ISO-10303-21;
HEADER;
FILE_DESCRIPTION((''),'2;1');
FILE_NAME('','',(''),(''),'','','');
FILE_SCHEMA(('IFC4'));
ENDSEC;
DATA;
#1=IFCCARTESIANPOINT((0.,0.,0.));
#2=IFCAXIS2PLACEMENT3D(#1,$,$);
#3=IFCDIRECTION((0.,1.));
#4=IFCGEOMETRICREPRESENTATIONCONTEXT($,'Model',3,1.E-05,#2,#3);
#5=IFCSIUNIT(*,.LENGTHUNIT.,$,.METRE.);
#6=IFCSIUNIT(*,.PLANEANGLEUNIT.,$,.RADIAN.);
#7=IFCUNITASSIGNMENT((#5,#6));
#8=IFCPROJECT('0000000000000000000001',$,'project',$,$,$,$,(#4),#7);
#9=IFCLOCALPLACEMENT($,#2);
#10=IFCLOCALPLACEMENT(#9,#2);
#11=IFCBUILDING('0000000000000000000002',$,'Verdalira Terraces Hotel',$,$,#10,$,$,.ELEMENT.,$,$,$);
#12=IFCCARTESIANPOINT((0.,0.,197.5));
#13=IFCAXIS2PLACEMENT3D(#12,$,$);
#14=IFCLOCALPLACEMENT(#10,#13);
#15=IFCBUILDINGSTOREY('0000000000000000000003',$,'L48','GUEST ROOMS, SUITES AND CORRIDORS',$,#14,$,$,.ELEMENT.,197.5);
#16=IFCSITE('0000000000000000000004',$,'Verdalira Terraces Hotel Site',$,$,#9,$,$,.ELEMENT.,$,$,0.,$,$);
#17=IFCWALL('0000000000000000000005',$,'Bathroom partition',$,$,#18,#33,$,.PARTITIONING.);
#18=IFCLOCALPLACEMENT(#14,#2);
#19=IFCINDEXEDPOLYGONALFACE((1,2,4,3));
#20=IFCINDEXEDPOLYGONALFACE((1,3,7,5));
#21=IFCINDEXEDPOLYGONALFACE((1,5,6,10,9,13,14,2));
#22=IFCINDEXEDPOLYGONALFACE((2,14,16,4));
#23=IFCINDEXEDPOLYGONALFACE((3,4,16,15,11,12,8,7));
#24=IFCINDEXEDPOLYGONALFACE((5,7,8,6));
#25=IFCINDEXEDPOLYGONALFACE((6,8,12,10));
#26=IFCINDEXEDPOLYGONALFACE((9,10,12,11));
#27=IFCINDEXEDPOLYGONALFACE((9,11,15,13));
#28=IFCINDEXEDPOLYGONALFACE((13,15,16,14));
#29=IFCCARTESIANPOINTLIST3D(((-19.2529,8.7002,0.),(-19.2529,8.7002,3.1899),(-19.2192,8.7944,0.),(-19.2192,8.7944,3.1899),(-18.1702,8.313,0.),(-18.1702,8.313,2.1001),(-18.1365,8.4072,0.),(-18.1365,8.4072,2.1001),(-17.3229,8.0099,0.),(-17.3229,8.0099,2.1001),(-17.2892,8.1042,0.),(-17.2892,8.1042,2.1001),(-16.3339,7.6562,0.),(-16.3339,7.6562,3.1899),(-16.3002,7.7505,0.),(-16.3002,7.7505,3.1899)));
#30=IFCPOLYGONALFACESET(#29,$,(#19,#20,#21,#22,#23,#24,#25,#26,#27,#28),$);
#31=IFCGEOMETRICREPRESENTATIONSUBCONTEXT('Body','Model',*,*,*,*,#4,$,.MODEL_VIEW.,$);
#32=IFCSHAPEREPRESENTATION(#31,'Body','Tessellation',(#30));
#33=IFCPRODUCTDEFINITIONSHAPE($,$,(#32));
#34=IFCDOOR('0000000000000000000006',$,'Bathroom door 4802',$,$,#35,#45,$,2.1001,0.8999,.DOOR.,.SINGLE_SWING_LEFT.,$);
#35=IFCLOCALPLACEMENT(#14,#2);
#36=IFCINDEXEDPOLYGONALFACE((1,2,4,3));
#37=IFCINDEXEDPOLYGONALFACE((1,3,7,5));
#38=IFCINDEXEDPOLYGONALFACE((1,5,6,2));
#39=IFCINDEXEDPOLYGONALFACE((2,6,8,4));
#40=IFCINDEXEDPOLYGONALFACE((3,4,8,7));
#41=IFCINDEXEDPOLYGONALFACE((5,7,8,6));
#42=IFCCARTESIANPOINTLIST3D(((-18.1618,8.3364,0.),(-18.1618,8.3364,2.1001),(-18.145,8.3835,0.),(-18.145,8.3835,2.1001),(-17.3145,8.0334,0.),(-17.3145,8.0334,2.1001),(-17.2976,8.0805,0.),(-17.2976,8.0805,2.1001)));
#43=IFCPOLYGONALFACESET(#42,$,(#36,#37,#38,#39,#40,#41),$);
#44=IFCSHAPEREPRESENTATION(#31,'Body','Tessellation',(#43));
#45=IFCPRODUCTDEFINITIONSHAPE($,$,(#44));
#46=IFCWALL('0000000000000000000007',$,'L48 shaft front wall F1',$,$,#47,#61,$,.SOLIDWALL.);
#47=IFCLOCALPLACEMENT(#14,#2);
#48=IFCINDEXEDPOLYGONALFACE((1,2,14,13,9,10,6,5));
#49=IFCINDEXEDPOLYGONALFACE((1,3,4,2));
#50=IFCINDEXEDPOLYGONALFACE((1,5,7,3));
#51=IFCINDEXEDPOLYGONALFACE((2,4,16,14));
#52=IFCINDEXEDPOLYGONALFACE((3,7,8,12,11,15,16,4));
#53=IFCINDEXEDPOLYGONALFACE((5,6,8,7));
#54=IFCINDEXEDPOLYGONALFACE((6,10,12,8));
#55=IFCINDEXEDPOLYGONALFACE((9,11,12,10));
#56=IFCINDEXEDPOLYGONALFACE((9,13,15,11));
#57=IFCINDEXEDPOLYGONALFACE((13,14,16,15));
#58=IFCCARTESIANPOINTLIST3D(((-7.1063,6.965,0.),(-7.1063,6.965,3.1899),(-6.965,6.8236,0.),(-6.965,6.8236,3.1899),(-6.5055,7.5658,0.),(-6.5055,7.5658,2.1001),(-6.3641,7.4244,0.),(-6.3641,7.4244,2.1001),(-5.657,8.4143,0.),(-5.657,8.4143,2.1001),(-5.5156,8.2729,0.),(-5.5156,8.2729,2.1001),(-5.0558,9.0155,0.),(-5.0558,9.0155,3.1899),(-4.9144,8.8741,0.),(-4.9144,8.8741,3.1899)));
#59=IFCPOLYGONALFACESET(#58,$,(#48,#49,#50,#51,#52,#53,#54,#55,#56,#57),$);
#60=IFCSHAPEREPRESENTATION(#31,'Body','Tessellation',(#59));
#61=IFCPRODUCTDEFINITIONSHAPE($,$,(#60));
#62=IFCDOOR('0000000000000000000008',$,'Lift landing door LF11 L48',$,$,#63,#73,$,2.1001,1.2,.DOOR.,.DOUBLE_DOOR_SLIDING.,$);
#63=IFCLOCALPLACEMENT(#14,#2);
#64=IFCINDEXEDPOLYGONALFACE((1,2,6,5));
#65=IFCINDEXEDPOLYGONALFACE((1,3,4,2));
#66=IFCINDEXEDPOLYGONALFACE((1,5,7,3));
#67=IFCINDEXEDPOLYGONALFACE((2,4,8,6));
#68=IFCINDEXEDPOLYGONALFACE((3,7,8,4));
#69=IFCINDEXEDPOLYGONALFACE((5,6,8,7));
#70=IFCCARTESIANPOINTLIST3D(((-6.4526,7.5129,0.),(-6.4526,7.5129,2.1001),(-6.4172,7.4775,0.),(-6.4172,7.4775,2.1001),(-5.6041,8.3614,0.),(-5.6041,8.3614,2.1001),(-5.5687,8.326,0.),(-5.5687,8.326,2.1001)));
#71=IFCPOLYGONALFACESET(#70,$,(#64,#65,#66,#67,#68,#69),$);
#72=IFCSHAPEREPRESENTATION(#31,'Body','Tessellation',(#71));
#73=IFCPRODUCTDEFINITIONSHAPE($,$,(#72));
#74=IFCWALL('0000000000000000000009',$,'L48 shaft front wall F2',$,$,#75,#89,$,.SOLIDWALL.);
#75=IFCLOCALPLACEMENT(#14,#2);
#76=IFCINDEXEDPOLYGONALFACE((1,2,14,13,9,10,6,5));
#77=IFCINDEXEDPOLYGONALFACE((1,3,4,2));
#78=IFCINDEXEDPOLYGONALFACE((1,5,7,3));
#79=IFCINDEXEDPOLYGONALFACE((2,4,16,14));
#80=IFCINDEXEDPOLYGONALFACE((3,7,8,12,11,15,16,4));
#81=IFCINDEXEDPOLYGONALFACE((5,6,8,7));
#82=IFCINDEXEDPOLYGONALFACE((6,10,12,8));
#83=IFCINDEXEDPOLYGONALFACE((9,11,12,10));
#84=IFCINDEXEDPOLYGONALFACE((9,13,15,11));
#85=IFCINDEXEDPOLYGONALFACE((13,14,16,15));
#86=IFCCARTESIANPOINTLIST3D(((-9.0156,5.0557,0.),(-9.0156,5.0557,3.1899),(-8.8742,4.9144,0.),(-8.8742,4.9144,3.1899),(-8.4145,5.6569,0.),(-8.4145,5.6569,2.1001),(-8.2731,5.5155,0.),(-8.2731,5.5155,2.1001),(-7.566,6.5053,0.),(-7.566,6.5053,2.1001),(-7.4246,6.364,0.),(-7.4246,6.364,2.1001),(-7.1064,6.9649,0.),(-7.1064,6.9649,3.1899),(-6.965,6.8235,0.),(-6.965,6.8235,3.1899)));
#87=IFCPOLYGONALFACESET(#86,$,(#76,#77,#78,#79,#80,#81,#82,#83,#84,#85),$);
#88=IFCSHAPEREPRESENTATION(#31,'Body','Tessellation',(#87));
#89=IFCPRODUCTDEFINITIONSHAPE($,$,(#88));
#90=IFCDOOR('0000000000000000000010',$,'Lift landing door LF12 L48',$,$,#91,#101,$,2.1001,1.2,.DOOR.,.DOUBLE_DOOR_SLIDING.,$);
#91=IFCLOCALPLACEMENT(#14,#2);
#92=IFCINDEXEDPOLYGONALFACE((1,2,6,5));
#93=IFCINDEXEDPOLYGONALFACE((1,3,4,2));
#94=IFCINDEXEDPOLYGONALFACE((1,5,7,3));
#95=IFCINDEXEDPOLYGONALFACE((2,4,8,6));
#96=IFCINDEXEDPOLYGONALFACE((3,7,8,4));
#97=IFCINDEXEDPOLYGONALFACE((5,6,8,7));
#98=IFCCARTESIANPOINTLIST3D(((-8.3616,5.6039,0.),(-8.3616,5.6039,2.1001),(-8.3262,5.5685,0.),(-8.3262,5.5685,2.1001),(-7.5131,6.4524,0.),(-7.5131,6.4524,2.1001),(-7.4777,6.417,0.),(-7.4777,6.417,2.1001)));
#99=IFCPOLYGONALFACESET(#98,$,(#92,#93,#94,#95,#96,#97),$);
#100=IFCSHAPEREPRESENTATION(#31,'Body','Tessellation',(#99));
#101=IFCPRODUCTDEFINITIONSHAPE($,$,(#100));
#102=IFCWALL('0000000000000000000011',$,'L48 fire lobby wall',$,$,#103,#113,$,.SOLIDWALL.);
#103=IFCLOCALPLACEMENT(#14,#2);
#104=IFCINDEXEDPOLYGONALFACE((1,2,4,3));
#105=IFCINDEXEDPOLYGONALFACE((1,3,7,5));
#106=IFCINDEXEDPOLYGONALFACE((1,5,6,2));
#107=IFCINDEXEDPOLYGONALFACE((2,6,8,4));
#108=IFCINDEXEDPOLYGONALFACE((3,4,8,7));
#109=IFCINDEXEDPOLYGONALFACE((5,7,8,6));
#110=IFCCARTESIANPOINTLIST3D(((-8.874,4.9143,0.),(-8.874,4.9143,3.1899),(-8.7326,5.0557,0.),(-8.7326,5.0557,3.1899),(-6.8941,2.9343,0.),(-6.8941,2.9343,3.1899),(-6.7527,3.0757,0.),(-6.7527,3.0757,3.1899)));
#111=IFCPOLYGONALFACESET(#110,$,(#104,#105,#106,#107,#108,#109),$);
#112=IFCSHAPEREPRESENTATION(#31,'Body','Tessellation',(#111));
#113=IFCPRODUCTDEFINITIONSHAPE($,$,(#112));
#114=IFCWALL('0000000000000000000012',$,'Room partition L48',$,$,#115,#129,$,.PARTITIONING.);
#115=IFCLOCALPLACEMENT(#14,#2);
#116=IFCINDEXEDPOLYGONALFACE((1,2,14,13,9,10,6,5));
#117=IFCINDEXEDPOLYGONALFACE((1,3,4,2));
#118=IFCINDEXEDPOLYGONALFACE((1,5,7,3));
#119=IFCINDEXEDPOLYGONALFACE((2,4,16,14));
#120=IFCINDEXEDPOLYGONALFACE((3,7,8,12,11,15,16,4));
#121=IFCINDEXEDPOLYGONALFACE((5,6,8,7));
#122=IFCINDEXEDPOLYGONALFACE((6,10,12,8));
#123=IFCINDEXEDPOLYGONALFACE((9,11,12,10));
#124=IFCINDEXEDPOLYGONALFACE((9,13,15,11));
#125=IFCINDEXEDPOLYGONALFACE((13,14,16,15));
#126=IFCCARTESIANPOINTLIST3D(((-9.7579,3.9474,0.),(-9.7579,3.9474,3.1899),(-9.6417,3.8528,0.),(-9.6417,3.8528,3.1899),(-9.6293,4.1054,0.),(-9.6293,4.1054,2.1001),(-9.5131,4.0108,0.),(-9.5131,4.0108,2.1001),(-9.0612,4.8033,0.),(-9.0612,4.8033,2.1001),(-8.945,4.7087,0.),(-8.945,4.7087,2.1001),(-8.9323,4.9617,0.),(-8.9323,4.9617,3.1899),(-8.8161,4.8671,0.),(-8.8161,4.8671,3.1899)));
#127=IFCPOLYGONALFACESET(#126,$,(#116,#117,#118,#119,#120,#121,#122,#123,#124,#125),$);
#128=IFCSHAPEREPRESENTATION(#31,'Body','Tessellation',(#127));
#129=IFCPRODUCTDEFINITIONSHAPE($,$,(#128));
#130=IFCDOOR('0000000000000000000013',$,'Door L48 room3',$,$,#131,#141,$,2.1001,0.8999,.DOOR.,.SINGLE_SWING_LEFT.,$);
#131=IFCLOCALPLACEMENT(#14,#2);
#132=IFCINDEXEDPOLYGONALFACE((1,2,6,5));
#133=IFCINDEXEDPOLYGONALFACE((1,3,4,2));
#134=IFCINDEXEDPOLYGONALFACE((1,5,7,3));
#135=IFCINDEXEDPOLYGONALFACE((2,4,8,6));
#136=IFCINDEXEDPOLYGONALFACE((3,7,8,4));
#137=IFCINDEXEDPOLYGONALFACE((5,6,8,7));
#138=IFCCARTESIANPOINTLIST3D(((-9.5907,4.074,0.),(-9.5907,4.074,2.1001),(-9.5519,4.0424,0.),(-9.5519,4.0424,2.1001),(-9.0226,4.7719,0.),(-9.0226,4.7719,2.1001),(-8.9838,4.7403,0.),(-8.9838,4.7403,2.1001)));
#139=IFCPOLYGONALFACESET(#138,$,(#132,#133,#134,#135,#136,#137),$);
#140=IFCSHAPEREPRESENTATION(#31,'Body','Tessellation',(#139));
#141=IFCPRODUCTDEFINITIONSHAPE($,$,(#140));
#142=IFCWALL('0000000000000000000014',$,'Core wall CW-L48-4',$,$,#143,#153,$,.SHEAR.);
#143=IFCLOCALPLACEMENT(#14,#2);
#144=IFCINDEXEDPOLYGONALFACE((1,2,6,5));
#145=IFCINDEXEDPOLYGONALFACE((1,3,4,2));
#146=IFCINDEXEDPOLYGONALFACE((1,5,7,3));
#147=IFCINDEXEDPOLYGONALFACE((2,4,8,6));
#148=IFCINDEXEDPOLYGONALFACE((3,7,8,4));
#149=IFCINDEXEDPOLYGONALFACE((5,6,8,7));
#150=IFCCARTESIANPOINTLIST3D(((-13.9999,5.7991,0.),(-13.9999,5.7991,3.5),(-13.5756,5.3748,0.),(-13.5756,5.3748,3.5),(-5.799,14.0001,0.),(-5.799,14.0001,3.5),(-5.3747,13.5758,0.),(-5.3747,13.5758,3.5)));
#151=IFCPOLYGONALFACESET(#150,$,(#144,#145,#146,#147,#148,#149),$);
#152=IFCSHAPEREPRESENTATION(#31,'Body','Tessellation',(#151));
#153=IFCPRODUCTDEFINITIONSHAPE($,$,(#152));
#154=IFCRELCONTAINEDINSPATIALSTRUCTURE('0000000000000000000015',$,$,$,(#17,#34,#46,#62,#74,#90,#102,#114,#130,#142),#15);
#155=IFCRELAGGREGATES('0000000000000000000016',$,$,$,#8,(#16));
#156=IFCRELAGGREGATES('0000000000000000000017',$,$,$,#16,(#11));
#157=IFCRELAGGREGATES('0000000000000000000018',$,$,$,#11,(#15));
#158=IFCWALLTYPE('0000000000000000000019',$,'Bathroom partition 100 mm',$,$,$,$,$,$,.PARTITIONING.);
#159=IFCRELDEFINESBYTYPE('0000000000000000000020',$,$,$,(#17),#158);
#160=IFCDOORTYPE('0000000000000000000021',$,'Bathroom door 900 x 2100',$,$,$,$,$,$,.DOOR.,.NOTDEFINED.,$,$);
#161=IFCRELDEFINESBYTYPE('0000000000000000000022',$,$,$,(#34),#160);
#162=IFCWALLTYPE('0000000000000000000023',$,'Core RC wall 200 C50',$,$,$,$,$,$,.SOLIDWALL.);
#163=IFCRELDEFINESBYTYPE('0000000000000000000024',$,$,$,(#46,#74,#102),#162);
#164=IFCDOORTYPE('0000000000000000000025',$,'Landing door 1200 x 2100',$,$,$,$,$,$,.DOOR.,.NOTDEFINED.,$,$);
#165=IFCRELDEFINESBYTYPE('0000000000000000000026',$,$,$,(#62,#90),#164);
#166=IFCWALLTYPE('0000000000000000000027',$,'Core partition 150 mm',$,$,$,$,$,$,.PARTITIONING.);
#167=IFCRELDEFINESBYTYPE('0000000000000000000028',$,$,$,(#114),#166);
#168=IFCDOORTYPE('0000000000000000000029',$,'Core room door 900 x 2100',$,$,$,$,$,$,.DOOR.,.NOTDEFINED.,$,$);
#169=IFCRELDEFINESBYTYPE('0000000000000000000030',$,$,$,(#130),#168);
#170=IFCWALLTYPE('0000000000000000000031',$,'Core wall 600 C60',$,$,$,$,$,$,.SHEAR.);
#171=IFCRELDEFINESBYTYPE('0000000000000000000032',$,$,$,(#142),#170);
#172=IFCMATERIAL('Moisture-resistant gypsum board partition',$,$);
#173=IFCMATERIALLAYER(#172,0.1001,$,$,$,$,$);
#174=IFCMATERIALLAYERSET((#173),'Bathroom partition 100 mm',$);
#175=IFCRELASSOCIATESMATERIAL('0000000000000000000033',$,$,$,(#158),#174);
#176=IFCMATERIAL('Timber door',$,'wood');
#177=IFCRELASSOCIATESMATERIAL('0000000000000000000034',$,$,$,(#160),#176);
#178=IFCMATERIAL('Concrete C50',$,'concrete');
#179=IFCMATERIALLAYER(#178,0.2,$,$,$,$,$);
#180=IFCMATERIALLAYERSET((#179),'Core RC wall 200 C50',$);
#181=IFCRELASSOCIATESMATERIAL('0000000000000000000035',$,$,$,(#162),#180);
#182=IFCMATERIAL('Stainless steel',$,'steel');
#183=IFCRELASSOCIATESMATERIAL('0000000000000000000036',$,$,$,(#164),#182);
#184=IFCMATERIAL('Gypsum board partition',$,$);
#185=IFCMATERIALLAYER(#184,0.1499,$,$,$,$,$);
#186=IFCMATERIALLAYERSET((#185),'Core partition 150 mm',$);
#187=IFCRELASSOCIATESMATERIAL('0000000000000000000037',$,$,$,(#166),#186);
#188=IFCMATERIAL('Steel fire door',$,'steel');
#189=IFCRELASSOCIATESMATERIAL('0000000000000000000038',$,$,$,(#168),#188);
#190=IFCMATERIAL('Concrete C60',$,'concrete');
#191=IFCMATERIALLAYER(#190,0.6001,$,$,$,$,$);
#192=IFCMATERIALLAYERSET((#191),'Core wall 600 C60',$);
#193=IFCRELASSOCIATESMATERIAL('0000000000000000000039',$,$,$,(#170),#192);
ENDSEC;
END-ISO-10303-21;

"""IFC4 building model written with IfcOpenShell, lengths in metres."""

from ifc_helpers import new_model, si_unit, direction, frame, frame_2d, origin, place, context, subcontext, project, spatial, rectangle, extrude, material, layer, layer_set, type_object, element, fill, save


model = new_model("IFC4")

# Units and contexts
model_context = context("Model", 3, precision=1e-05, world=origin(), true_north=direction((0.0, 1.0)))
body_context = subcontext(model_context, "Body", "Model", "MODEL_VIEW")
ifc_project = project(units=[si_unit("LENGTHUNIT", "METRE"), si_unit("PLANEANGLEUNIT", "RADIAN")], contexts=[model_context])

# Site, building, storey
site_placement = place(None, origin())
site = spatial("IfcSite", under=ifc_project, at=site_placement, Name="Verdalira Terraces Hotel Site", CompositionType="ELEMENT", RefElevation=0.0)
building_placement = place(site_placement, origin())
building = spatial("IfcBuilding", under=site, at=building_placement, Name="Verdalira Terraces Hotel", CompositionType="ELEMENT")
storey_placement = place(building_placement, frame((0.0, 0.0, 197.5)))
storey = spatial("IfcBuildingStorey", under=building, at=storey_placement, Name="L48", Description="GUEST ROOMS, SUITES AND CORRIDORS", CompositionType="ELEMENT", Elevation=197.5)

# Shared definitions
ifc_material_1 = material(Name="Moisture-resistant gypsum board partition")
ifc_layer_1 = layer(ifc_material_1, 0.1001)
ifc_layer_set_1 = layer_set([ifc_layer_1], Name="Bathroom partition 100 mm")
wall_type_1 = type_object("IfcWallType", Name="Bathroom partition 100 mm", PredefinedType="PARTITIONING", material=ifc_layer_set_1)

# Walls, openings, doors
wall_1_placement = place(storey_placement, frame((-19.2361, 8.7473, 0.0), z_axis=(0.0, 0.0, 1.0), x_axis=(0.941592, -0.336755, 0.0)))
wall_1 = element("IfcWall", 1, at=wall_1_placement, inside=storey, type_object=wall_type_1, Name="Bathroom partition", PredefinedType="PARTITIONING", context=body_context, shape_type="SweptSolid", body=[
    extrude(rectangle(XDim=3.1001, YDim=0.1001, at=frame_2d((1.55, 0.0))), origin(), (0.0, 0.0, 1.0), 3.1899),
])
opening_1_placement = place(wall_1_placement, frame((1.1499, 0.0, 0.0)))
opening_1 = element("IfcOpeningElement", 2, at=opening_1_placement, cuts=wall_1, PredefinedType="OPENING", context=body_context, shape_type="SweptSolid", body=[
    extrude(rectangle(XDim=0.8999, YDim=2.1001, at=frame_2d((0.45, 1.05))), frame((0.0, 0.0601, 0.0), z_axis=(0.0, -1.0, 0.0), x_axis=(1.0, 0.0, 0.0)), (0.0, 0.0, 1.0), 0.1201),
])
ifc_material_2 = material(Name="Timber door", Category="wood")
door_type_1 = type_object("IfcDoorType", Name="Bathroom door 900 x 2100", OperationType="NOTDEFINED", PredefinedType="DOOR", material=ifc_material_2)
door_1_placement = place(opening_1_placement, origin())
door_1 = element("IfcDoor", 3, at=door_1_placement, inside=storey, type_object=door_type_1, Name="Bathroom door 4802", OperationType="SINGLE_SWING_LEFT", OverallHeight=2.1001, OverallWidth=0.8999, PredefinedType="DOOR", context=body_context, shape_type="SweptSolid", body=[
    extrude(rectangle(XDim=0.8999, YDim=2.1001, at=frame_2d((0.45, 1.05))), frame((0.0, 0.0249, 0.0), z_axis=(0.0, -1.0, 0.0), x_axis=(1.0, 0.0, 0.0)), (0.0, 0.0, 1.0), 0.05),
])
fill(opening_1, door_1)
ifc_material_3 = material(Name="Concrete C50", Category="concrete")
ifc_layer_2 = layer(ifc_material_3, 0.2)
ifc_layer_set_2 = layer_set([ifc_layer_2], Name="Core RC wall 200 C50")
wall_type_2 = type_object("IfcWallType", Name="Core RC wall 200 C50", PredefinedType="SOLIDWALL", material=ifc_layer_set_2)
wall_2_placement = place(storey_placement, frame((-4.9851, 8.9448, 0.0), z_axis=(0.0, 0.0, 1.0), x_axis=(-0.707107, -0.707107, 0.0)))
wall_2 = element("IfcWall", 4, at=wall_2_placement, inside=storey, type_object=wall_type_2, Name="L48 shaft front wall F1", PredefinedType="SOLIDWALL", context=body_context, shape_type="SweptSolid", body=[
    extrude(rectangle(XDim=2.8999, YDim=0.2, at=frame_2d((1.45, 0.0))), origin(), (0.0, 0.0, 1.0), 3.1899),
])
opening_2_placement = place(wall_2_placement, frame((0.8501, 0.0, 0.0)))
opening_2 = element("IfcOpeningElement", 5, at=opening_2_placement, cuts=wall_2, PredefinedType="OPENING", context=body_context, shape_type="SweptSolid", body=[
    extrude(rectangle(XDim=1.2, YDim=2.1001, at=frame_2d((0.6001, 1.05))), frame((0.0, 0.1099, 0.0), z_axis=(0.0, -1.0, 0.0), x_axis=(1.0, 0.0, 0.0)), (0.0, 0.0, 1.0), 0.22),
])
ifc_material_4 = material(Name="Stainless steel", Category="steel")
door_type_2 = type_object("IfcDoorType", Name="Landing door 1200 x 2100", OperationType="NOTDEFINED", PredefinedType="DOOR", material=ifc_material_4)
door_2_placement = place(opening_2_placement, origin())
door_2 = element("IfcDoor", 6, at=door_2_placement, inside=storey, type_object=door_type_2, Name="Lift landing door LF11 L48", OperationType="DOUBLE_DOOR_SLIDING", OverallHeight=2.1001, OverallWidth=1.2, PredefinedType="DOOR", context=body_context, shape_type="SweptSolid", body=[
    extrude(rectangle(XDim=1.2, YDim=2.1001, at=frame_2d((0.6001, 1.05))), frame((0.0, 0.0249, 0.0), z_axis=(0.0, -1.0, 0.0), x_axis=(1.0, 0.0, 0.0)), (0.0, 0.0, 1.0), 0.05),
])
fill(opening_2, door_2)
wall_3_placement = place(storey_placement, frame((-7.0356, 6.8943, 0.0), z_axis=(0.0, 0.0, 1.0), x_axis=(-0.707107, -0.707107, 0.0)))
wall_3 = element("IfcWall", 7, at=wall_3_placement, inside=storey, type_object=wall_type_2, Name="L48 shaft front wall F2", PredefinedType="SOLIDWALL", context=body_context, shape_type="SweptSolid", body=[
    extrude(rectangle(XDim=2.7, YDim=0.2, at=frame_2d((1.3501, 0.0))), origin(), (0.0, 0.0, 1.0), 3.1899),
])
opening_3_placement = place(wall_3_placement, frame((0.6499, 0.0, 0.0)))
opening_3 = element("IfcOpeningElement", 8, at=opening_3_placement, cuts=wall_3, PredefinedType="OPENING", context=body_context, shape_type="SweptSolid", body=[
    extrude(rectangle(XDim=1.2, YDim=2.1001, at=frame_2d((0.6001, 1.05))), frame((0.0, 0.1099, 0.0), z_axis=(0.0, -1.0, 0.0), x_axis=(1.0, 0.0, 0.0)), (0.0, 0.0, 1.0), 0.22),
])
door_3_placement = place(opening_3_placement, origin())
door_3 = element("IfcDoor", 9, at=door_3_placement, inside=storey, type_object=door_type_2, Name="Lift landing door LF12 L48", OperationType="DOUBLE_DOOR_SLIDING", OverallHeight=2.1001, OverallWidth=1.2, PredefinedType="DOOR", context=body_context, shape_type="SweptSolid", body=[
    extrude(rectangle(XDim=1.2, YDim=2.1001, at=frame_2d((0.6001, 1.05))), frame((0.0, 0.0249, 0.0), z_axis=(0.0, -1.0, 0.0), x_axis=(1.0, 0.0, 0.0)), (0.0, 0.0, 1.0), 0.05),
])
fill(opening_3, door_3)

# Wall
wall_4_placement = place(storey_placement, frame((-6.8235, 3.0051, 0.0), z_axis=(0.0, 0.0, 1.0), x_axis=(-0.707107, 0.707107, 0.0)))
element("IfcWall", 10, at=wall_4_placement, inside=storey, type_object=wall_type_2, Name="L48 fire lobby wall", PredefinedType="SOLIDWALL", context=body_context, shape_type="SweptSolid", body=[
    extrude(rectangle(XDim=2.8, YDim=0.2, at=frame_2d((1.3999, 0.0))), origin(), (0.0, 0.0, 1.0), 3.1899),
])

# Wall, opening, door
ifc_material_5 = material(Name="Gypsum board partition")
ifc_layer_3 = layer(ifc_material_5, 0.1499)
ifc_layer_set_3 = layer_set([ifc_layer_3], Name="Core partition 150 mm")
wall_type_3 = type_object("IfcWallType", Name="Core partition 150 mm", PredefinedType="PARTITIONING", material=ifc_layer_set_3)
wall_5_placement = place(storey_placement, frame((-8.8743, 4.9143, 0.0), z_axis=(0.0, 0.0, 1.0), x_axis=(-0.631274, -0.77556, 0.0)))
wall_5 = element("IfcWall", 11, at=wall_5_placement, inside=storey, type_object=wall_type_3, Name="Room partition L48", PredefinedType="PARTITIONING", context=body_context, shape_type="SweptSolid", body=[
    extrude(rectangle(XDim=1.3079, YDim=0.1499, at=frame_2d((0.6538, 0.0))), origin(), (0.0, 0.0, 1.0), 3.1899),
])
opening_4_placement = place(wall_5_placement, frame((0.2041, 0.0, 0.0)))
opening_4 = element("IfcOpeningElement", 12, at=opening_4_placement, cuts=wall_5, PredefinedType="OPENING", context=body_context, shape_type="SweptSolid", body=[
    extrude(rectangle(XDim=0.8999, YDim=2.1001, at=frame_2d((0.45, 1.05))), frame((0.0, 0.085, 0.0), z_axis=(0.0, -1.0, 0.0), x_axis=(1.0, 0.0, 0.0)), (0.0, 0.0, 1.0), 0.1699),
])
ifc_material_6 = material(Name="Steel fire door", Category="steel")
door_type_3 = type_object("IfcDoorType", Name="Core room door 900 x 2100", OperationType="NOTDEFINED", PredefinedType="DOOR", material=ifc_material_6)
door_4_placement = place(opening_4_placement, origin())
door_4 = element("IfcDoor", 13, at=door_4_placement, inside=storey, type_object=door_type_3, Name="Door L48 room3", OperationType="SINGLE_SWING_LEFT", OverallHeight=2.1001, OverallWidth=0.8999, PredefinedType="DOOR", context=body_context, shape_type="SweptSolid", body=[
    extrude(rectangle(XDim=0.8999, YDim=2.1001, at=frame_2d((0.45, 1.05))), frame((0.0, 0.0249, 0.0), z_axis=(0.0, -1.0, 0.0), x_axis=(1.0, 0.0, 0.0)), (0.0, 0.0, 1.0), 0.05),
])
fill(opening_4, door_4)

# Wall
ifc_material_7 = material(Name="Concrete C60", Category="concrete")
ifc_layer_4 = layer(ifc_material_7, 0.6001)
ifc_layer_set_4 = layer_set([ifc_layer_4], Name="Core wall 600 C60")
wall_type_4 = type_object("IfcWallType", Name="Core wall 600 C60", PredefinedType="SHEAR", material=ifc_layer_set_4)
wall_6_placement = place(storey_placement, frame((-5.5869, 13.7878, 0.0), z_axis=(0.0, 0.0, 1.0), x_axis=(-0.707107, -0.707107, 0.0)))
element("IfcWall", 14, at=wall_6_placement, inside=storey, type_object=wall_type_4, Name="Core wall CW-L48-4", PredefinedType="SHEAR", context=body_context, shape_type="SweptSolid", body=[
    extrude(rectangle(XDim=11.5979, YDim=0.6001, at=frame_2d((5.7988, 0.0))), origin(), (0.0, 0.0, 1.0), 3.5),
])

save(model, "model.ifc")
